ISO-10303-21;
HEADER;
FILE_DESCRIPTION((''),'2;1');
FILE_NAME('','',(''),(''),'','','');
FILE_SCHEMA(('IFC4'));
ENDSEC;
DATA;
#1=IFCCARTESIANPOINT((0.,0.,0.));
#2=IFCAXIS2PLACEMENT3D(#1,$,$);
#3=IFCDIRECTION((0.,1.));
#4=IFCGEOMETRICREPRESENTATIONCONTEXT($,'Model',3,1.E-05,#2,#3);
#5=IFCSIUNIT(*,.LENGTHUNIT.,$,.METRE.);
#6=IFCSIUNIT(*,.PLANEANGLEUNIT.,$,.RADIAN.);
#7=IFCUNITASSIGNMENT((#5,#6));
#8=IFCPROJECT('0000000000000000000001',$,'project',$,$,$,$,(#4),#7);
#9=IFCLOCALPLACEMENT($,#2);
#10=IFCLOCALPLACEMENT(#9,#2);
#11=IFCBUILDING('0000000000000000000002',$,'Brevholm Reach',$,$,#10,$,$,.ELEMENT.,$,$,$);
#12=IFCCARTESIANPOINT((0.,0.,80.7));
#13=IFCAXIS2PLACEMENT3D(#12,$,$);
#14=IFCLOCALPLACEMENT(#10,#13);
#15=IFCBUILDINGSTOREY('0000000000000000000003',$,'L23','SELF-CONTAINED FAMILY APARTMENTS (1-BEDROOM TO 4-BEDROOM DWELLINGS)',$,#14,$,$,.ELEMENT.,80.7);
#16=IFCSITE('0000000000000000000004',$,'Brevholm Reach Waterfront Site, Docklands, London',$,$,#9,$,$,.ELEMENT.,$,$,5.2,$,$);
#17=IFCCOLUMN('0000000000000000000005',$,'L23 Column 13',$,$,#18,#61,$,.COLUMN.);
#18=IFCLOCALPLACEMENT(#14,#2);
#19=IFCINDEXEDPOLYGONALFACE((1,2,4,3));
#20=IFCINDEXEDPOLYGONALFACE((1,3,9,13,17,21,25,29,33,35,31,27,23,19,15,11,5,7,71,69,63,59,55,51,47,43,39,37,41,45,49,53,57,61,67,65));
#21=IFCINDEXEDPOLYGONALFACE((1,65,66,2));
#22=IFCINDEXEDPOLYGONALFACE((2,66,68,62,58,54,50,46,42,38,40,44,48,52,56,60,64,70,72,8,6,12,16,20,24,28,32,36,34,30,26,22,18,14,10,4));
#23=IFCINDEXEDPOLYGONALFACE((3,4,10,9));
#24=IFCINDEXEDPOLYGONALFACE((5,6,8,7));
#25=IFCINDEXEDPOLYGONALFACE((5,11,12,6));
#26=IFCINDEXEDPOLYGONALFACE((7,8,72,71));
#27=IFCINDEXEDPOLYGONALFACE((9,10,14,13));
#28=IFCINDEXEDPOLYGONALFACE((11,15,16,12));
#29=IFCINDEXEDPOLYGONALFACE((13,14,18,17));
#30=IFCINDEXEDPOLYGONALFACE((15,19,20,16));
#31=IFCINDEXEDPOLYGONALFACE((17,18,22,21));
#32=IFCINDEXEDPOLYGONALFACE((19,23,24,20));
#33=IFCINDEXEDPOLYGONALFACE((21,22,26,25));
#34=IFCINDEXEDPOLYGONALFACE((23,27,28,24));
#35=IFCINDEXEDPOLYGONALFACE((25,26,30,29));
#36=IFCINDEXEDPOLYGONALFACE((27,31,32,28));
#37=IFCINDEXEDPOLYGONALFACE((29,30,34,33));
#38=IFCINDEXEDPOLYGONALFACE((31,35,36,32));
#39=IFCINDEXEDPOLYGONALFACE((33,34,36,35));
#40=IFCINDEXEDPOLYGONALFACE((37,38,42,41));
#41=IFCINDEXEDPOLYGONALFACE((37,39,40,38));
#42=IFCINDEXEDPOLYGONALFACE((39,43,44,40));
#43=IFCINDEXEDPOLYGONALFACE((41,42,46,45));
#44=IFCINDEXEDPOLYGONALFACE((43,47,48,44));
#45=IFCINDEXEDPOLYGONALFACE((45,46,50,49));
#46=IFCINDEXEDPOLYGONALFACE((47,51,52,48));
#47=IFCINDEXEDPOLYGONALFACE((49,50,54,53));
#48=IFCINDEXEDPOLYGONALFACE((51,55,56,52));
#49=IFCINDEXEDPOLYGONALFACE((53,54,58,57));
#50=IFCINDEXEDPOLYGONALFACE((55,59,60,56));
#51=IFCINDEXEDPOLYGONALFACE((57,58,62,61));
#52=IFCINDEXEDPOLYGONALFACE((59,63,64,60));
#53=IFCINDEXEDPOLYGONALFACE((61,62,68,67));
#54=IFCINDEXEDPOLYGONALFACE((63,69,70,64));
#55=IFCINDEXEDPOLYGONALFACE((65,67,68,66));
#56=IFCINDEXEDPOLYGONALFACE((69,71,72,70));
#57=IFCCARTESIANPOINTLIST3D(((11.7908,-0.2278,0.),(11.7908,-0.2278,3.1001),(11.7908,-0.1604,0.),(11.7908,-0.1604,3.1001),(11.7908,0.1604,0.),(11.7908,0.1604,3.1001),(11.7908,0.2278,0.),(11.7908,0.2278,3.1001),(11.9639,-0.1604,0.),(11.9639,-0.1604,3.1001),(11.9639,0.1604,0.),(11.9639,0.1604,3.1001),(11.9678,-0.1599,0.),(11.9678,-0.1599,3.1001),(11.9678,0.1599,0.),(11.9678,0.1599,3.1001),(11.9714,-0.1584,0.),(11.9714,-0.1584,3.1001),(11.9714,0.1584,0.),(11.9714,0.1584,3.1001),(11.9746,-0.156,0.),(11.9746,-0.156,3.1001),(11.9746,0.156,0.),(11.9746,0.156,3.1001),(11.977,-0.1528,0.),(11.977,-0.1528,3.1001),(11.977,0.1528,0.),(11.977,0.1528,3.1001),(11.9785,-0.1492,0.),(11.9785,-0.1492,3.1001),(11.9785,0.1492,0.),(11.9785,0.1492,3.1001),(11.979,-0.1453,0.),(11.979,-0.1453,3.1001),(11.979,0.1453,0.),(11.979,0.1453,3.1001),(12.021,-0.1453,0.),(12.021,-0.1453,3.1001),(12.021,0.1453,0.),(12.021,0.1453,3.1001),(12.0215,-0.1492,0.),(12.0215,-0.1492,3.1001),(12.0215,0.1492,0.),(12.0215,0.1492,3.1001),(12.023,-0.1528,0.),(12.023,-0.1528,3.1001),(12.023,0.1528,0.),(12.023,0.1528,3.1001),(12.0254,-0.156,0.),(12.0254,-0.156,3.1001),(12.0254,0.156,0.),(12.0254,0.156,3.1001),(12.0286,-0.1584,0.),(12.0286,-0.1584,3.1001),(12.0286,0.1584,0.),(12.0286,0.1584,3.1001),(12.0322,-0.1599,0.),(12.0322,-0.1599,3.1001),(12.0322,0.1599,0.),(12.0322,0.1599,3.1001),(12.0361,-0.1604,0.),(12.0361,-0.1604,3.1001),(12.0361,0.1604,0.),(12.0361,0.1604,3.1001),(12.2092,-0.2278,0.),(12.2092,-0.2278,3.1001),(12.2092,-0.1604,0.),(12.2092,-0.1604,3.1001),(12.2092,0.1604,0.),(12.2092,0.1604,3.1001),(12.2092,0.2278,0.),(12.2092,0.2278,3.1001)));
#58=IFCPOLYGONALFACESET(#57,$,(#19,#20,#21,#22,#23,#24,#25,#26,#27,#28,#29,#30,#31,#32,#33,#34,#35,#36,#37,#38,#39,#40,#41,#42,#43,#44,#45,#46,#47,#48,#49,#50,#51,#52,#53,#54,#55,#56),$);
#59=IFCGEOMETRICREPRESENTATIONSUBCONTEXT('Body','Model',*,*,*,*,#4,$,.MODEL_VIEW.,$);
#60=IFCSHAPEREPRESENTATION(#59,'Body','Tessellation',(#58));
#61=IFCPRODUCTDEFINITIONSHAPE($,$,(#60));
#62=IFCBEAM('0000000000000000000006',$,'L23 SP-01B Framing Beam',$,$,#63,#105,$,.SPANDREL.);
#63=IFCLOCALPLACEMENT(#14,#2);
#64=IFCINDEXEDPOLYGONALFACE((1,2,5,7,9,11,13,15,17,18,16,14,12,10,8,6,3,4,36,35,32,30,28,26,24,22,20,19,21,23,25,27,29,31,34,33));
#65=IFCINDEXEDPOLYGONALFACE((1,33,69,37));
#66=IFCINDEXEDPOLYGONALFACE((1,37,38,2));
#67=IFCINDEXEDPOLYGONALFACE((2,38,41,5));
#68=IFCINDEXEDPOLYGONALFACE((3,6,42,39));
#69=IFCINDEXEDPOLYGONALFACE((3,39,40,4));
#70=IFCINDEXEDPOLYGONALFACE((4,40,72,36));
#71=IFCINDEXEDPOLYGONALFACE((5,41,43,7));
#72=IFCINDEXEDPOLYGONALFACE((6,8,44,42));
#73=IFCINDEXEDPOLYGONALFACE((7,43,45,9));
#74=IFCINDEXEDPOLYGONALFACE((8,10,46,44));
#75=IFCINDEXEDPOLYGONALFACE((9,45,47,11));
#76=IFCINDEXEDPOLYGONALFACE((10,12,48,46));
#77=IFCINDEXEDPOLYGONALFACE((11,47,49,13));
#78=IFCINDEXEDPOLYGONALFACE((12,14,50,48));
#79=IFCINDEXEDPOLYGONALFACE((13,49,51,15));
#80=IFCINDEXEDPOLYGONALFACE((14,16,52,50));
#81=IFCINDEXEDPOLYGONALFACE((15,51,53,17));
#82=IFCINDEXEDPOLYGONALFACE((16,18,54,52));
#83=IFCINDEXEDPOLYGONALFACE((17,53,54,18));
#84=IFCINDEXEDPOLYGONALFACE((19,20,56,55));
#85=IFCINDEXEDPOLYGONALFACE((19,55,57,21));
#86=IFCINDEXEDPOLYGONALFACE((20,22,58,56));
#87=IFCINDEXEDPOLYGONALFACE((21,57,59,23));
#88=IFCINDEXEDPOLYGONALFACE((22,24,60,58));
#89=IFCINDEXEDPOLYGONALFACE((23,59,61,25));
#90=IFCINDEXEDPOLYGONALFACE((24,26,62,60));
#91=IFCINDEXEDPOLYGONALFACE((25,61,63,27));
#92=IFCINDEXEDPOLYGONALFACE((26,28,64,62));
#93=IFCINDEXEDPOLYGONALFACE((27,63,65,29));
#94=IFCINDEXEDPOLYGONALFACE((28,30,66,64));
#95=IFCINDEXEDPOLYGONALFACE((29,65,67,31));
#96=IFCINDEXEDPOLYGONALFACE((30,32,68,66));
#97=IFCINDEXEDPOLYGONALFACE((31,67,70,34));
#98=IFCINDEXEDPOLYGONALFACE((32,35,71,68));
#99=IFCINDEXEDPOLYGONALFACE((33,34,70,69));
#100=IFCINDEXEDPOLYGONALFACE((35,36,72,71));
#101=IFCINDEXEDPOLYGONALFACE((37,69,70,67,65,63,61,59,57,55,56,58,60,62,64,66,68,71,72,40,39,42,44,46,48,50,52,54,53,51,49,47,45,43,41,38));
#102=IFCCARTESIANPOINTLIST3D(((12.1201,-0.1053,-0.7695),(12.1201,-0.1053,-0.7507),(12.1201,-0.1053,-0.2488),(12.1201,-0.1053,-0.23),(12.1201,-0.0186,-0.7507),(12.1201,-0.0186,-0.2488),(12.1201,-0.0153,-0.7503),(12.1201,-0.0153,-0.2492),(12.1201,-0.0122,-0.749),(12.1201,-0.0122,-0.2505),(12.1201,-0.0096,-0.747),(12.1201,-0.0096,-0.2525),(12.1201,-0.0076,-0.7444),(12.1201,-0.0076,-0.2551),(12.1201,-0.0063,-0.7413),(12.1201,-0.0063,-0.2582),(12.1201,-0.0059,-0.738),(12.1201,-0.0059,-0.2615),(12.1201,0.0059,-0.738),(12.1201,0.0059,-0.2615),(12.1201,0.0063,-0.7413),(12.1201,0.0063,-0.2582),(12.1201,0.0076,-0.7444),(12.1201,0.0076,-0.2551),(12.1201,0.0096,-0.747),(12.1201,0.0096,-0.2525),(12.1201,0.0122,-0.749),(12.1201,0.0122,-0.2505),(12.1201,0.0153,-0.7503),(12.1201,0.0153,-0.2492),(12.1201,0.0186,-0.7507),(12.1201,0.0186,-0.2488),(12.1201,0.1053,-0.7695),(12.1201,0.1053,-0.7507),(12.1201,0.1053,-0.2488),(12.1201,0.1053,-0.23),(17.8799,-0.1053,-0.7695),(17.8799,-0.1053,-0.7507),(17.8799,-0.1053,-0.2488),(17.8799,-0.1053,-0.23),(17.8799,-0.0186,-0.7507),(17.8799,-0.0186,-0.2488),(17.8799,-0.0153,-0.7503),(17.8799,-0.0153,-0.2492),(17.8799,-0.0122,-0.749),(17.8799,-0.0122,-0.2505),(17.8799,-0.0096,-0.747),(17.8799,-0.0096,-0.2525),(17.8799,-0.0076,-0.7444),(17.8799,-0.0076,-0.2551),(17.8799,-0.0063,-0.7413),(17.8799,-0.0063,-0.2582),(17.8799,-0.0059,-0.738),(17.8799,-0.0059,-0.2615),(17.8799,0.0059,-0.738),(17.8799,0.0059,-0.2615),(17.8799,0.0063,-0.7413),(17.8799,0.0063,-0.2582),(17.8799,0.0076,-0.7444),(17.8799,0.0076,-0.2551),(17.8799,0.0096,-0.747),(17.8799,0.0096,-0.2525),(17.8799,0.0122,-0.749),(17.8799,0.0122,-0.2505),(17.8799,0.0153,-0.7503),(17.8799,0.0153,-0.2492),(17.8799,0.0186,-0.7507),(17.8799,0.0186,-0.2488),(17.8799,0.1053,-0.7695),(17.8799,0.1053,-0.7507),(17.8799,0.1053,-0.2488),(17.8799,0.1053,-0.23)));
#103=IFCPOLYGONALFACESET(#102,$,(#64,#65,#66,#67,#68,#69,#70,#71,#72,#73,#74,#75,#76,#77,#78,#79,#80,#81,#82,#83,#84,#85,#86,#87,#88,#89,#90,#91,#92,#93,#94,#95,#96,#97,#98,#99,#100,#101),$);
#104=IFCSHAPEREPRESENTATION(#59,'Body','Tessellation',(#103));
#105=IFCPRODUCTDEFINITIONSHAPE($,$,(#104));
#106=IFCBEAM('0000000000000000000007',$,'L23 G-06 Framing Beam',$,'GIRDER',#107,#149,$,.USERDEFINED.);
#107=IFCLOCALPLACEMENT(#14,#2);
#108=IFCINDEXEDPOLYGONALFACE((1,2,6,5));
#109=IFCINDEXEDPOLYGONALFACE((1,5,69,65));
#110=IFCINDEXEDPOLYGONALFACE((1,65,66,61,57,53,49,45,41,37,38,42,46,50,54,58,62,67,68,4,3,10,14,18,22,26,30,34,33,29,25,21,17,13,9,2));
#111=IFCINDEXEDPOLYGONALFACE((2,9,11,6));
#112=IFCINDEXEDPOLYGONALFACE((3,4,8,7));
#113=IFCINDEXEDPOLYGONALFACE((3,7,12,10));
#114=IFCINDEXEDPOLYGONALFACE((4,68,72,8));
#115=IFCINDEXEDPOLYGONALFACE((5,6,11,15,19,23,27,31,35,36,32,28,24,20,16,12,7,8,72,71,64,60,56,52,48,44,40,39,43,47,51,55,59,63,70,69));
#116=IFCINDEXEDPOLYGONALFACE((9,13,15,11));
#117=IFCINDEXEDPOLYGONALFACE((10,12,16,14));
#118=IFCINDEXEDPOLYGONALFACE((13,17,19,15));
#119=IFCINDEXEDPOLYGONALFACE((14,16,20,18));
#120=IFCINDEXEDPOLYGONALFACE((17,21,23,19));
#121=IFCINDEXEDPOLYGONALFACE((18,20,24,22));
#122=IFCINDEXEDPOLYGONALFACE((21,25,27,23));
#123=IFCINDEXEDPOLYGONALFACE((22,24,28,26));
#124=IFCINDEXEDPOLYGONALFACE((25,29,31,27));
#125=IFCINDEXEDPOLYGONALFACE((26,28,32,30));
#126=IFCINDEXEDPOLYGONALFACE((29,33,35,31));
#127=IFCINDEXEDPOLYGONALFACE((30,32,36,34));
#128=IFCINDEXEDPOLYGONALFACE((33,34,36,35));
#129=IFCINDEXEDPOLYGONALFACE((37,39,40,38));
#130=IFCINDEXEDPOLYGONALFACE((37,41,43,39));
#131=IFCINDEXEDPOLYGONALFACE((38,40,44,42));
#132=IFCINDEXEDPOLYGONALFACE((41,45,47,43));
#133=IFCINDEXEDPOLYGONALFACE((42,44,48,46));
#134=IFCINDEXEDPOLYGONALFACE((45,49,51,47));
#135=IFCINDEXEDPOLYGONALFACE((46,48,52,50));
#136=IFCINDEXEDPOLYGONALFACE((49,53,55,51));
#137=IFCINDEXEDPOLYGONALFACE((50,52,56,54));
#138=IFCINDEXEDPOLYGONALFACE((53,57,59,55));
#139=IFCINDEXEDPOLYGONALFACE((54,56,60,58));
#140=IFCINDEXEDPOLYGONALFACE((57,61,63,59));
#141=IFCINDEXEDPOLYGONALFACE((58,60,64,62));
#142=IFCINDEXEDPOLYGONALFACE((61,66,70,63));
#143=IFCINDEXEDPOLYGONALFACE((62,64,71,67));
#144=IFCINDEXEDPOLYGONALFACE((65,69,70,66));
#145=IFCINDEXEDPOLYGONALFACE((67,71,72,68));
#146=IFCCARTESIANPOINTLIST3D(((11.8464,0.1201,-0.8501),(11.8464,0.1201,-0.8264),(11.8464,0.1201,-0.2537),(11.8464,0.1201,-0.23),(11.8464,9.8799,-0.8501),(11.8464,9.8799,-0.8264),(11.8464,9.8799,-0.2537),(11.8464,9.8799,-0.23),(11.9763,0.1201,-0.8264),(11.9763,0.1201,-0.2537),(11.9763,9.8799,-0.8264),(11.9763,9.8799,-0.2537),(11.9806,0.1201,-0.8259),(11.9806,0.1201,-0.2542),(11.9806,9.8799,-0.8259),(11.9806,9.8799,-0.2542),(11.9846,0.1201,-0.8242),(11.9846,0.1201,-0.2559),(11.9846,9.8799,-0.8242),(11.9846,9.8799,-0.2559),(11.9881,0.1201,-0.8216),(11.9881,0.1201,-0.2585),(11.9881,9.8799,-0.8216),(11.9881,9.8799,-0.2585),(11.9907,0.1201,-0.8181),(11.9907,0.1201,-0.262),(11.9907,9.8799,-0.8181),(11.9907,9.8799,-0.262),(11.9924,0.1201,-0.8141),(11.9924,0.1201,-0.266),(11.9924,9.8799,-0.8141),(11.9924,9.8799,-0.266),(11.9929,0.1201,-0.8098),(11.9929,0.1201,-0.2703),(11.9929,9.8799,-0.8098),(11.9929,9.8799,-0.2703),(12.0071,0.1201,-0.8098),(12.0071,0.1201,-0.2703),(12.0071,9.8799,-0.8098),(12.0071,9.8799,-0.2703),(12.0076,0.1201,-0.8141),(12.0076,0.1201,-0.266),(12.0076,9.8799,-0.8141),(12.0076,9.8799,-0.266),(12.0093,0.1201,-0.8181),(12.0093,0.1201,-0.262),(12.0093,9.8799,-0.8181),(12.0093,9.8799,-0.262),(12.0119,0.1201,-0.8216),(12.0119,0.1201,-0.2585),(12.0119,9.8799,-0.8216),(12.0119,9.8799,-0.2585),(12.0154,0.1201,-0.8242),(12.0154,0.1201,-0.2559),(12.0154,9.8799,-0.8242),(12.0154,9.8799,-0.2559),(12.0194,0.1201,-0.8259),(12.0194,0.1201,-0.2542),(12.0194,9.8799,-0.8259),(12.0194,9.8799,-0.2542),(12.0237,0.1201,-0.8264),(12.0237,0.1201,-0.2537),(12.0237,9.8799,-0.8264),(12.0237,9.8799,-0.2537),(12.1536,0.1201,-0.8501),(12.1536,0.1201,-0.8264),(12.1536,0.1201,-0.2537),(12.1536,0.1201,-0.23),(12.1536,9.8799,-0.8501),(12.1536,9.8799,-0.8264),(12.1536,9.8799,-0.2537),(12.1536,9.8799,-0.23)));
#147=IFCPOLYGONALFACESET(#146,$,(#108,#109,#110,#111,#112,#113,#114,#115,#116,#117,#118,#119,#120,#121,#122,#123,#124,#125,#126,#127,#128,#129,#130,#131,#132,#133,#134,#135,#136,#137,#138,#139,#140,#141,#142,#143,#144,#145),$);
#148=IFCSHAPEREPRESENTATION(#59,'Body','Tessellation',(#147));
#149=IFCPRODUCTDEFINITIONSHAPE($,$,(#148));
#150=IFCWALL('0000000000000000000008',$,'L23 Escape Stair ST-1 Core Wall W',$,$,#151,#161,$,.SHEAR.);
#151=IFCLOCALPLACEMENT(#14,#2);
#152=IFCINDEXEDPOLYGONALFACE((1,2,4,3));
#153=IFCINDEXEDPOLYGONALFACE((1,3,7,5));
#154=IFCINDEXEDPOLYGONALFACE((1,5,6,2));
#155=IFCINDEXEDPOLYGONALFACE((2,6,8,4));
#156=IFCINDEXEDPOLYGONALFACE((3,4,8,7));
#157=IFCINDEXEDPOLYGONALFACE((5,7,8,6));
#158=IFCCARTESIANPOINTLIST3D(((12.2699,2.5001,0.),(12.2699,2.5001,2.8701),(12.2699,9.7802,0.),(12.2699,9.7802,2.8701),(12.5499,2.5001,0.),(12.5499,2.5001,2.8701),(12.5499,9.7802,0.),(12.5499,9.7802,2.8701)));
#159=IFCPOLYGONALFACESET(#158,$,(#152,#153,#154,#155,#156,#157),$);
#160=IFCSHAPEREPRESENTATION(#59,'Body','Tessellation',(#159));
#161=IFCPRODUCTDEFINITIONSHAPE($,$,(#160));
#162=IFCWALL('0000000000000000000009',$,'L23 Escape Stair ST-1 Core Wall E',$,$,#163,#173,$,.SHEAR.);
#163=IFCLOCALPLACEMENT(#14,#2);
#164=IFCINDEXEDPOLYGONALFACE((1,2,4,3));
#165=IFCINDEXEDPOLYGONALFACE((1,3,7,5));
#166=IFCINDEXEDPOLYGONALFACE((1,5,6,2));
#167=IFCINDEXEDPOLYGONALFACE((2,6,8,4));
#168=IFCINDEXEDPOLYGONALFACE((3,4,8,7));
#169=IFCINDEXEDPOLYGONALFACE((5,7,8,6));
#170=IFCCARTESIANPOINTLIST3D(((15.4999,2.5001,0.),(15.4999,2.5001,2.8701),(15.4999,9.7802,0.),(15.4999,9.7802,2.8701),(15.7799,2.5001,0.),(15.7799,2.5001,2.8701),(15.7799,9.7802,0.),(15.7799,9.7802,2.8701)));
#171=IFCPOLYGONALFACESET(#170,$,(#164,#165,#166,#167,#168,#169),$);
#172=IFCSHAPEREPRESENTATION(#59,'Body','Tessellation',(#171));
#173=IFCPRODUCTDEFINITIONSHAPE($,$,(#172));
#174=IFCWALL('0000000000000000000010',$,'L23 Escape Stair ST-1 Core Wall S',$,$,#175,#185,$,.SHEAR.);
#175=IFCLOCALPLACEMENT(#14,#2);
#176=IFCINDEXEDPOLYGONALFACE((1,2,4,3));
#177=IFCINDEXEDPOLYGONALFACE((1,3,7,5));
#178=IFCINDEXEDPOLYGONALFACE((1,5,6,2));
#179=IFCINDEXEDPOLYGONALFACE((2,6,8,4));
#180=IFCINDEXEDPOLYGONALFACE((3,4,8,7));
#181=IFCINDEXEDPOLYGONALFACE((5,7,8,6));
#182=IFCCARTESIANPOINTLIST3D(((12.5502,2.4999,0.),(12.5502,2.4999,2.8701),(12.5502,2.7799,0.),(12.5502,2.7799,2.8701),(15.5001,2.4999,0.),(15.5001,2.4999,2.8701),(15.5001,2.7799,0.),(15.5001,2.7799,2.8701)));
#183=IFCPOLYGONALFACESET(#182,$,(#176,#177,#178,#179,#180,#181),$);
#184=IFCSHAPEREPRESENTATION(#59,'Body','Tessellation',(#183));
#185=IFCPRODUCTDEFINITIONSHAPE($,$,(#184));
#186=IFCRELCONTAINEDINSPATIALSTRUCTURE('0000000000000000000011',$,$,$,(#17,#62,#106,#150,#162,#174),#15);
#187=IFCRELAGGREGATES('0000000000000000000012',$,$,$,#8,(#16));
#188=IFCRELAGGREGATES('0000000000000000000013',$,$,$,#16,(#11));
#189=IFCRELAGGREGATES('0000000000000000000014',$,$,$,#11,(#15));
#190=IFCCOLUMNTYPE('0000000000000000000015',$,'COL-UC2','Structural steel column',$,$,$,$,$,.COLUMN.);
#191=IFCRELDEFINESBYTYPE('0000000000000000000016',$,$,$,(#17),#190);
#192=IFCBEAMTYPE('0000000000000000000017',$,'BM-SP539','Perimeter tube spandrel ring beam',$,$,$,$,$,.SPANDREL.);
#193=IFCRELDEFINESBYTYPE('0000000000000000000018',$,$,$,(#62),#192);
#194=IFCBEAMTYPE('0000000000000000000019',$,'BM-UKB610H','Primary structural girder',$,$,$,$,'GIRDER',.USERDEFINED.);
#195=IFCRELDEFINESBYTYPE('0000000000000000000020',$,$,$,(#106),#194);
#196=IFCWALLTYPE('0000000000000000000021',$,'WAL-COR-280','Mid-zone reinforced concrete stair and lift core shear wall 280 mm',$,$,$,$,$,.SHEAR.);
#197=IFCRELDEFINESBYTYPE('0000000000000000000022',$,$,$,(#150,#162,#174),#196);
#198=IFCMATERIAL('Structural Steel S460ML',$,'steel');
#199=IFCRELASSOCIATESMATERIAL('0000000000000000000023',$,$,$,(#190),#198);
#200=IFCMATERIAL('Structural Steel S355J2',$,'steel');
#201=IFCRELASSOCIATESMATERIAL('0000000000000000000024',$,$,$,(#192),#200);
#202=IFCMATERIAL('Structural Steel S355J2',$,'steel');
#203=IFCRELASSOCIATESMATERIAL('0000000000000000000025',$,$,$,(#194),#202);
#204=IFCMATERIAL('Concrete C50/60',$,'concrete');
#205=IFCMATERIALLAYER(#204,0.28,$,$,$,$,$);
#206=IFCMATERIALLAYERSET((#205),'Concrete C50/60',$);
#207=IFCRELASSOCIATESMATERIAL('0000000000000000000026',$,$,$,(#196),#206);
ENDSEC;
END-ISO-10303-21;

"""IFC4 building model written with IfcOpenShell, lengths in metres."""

from ifc_helpers import new_model, si_unit, direction, frame, frame_2d, origin, origin_2d, place, context, subcontext, project, spatial, rectangle, i_section, extrude, material, layer, layer_set, material_profile, profile_set, type_object, element, save


model = new_model("IFC4")

# Units and contexts
model_context = context("Model", 3, precision=1e-05, world=origin(), true_north=direction((0.0, 1.0)))
body_context = subcontext(model_context, "Body", "Model", "MODEL_VIEW")
ifc_project = project(units=[si_unit("LENGTHUNIT", "METRE"), si_unit("PLANEANGLEUNIT", "RADIAN")], contexts=[model_context])

# Site, building, storey
site_placement = place(None, origin())
site = spatial("IfcSite", under=ifc_project, at=site_placement, Name="Brevholm Reach Waterfront Site, Docklands, London", CompositionType="ELEMENT", RefElevation=5.2)
building_placement = place(site_placement, origin())
building = spatial("IfcBuilding", under=site, at=building_placement, Name="Brevholm Reach", CompositionType="ELEMENT")
storey_placement = place(building_placement, frame((0.0, 0.0, 80.7)))
storey = spatial("IfcBuildingStorey", under=building, at=storey_placement, Name="L23", Description="SELF-CONTAINED FAMILY APARTMENTS (1-BEDROOM TO 4-BEDROOM DWELLINGS)", CompositionType="ELEMENT", Elevation=80.7)

# Column
ifc_material_1 = material(Name="Structural Steel S460ML", Category="steel")
ifc_material_profile_1 = material_profile(ifc_material_1, i_section(OverallWidth=0.4185, OverallDepth=0.4556, WebThickness=0.042, FlangeThickness=0.0674, FilletRadius=0.0151, at=origin_2d()), Name="UKC 356x406x551")
ifc_profile_set_1 = profile_set([ifc_material_profile_1], Name="Structural Steel S460ML")
column_type = type_object("IfcColumnType", Name="COL-UC2", Description="Structural steel column", PredefinedType="COLUMN", material=ifc_profile_set_1)
column_placement = place(storey_placement, frame((12.0, 0.0, 0.0), z_axis=(0.0, 0.0, 1.0), x_axis=(1.0, 0.0, 0.0)))
element("IfcColumn", 1, at=column_placement, inside=storey, type_object=column_type, Name="L23 Column 13", PredefinedType="COLUMN", context=body_context, shape_type="SweptSolid", body=[
    extrude(i_section(OverallWidth=0.4185, OverallDepth=0.4556, WebThickness=0.042, FlangeThickness=0.0674, FilletRadius=0.0151, at=origin_2d()), origin(), (0.0, 0.0, 1.0), 3.1001),
])

# Beams
ifc_material_2 = material(Name="Structural Steel S355J2", Category="steel")
ifc_material_profile_2 = material_profile(ifc_material_2, i_section(OverallWidth=0.2107, OverallDepth=0.5396, WebThickness=0.0117, FlangeThickness=0.0188, FilletRadius=0.0127, at=origin_2d()), Name="UKB 533x210x109")
ifc_profile_set_2 = profile_set([ifc_material_profile_2], Name="Structural Steel S355J2")
beam_type_1 = type_object("IfcBeamType", Name="BM-SP539", Description="Perimeter tube spandrel ring beam", PredefinedType="SPANDREL", material=ifc_profile_set_2)
beam_1_placement = place(storey_placement, frame((12.1201, 0.0, -0.4998), z_axis=(1.0, 0.0, 0.0), x_axis=(0.0, 1.0, 0.0)))
element("IfcBeam", 2, at=beam_1_placement, inside=storey, type_object=beam_type_1, Name="L23 SP-01B Framing Beam", PredefinedType="SPANDREL", context=body_context, shape_type="SweptSolid", body=[
    extrude(i_section(OverallWidth=0.2107, OverallDepth=0.5396, WebThickness=0.0117, FlangeThickness=0.0188, FilletRadius=0.0127, at=origin_2d()), origin(), (0.0, 0.0, 1.0), 5.7598),
])
ifc_material_3 = material(Name="Structural Steel S355J2", Category="steel")
ifc_material_profile_3 = material_profile(ifc_material_3, i_section(OverallWidth=0.3071, OverallDepth=0.6201, WebThickness=0.0142, FlangeThickness=0.0237, FilletRadius=0.0166, at=origin_2d()), Name="UKB 610x305x179")
ifc_profile_set_3 = profile_set([ifc_material_profile_3], Name="Structural Steel S355J2")
beam_type_2 = type_object("IfcBeamType", Name="BM-UKB610H", Description="Primary structural girder", ElementType="GIRDER", PredefinedType="USERDEFINED", material=ifc_profile_set_3)
beam_2_placement = place(storey_placement, frame((12.0, 0.1201, -0.54), z_axis=(0.0, 1.0, 0.0), x_axis=(-1.0, 0.0, 0.0)))
element("IfcBeam", 3, at=beam_2_placement, inside=storey, type_object=beam_type_2, Name="L23 G-06 Framing Beam", ObjectType="GIRDER", PredefinedType="USERDEFINED", context=body_context, shape_type="SweptSolid", body=[
    extrude(i_section(OverallWidth=0.3071, OverallDepth=0.6201, WebThickness=0.0142, FlangeThickness=0.0237, FilletRadius=0.0166, at=origin_2d()), origin(), (0.0, 0.0, 1.0), 9.7598),
])

# Walls
ifc_material_4 = material(Name="Concrete C50/60", Category="concrete")
ifc_layer_1 = layer(ifc_material_4, 0.28)
ifc_layer_set_1 = layer_set([ifc_layer_1], Name="Concrete C50/60")
wall_type_1 = type_object("IfcWallType", Name="WAL-COR-280", Description="Mid-zone reinforced concrete stair and lift core shear wall 280 mm", PredefinedType="SHEAR", material=ifc_layer_set_1)
for number, where, z_axis, x_axis, name in (
    (4, (12.4099, 2.5, 0.0), (0.0, 0.0, 1.0), (0.0, 1.0, 0.0), "L23 Escape Stair ST-1 Core Wall W"),
    (5, (15.6399, 2.5, 0.0), (0.0, 0.0, 1.0), (0.0, 1.0, 0.0), "L23 Escape Stair ST-1 Core Wall E"),
):
    element("IfcWall", number, at=place(storey_placement, frame(where, z_axis=z_axis, x_axis=x_axis)), inside=storey, type_object=wall_type_1, Name=name, PredefinedType="SHEAR", context=body_context, shape_type="SweptSolid", body=[
        extrude(rectangle(XDim=7.28, YDim=0.28, at=frame_2d((3.6401, 0.0))), origin(), (0.0, 0.0, 1.0), 2.8701),
    ])
wall_1_placement = place(storey_placement, frame((12.55, 2.6399, 0.0), z_axis=(0.0, 0.0, 1.0), x_axis=(1.0, 0.0, 0.0)))
element("IfcWall", 6, at=wall_1_placement, inside=storey, type_object=wall_type_1, Name="L23 Escape Stair ST-1 Core Wall S", PredefinedType="SHEAR", context=body_context, shape_type="SweptSolid", body=[
    extrude(rectangle(XDim=2.95, YDim=0.28, at=frame_2d((1.4751, 0.0))), origin(), (0.0, 0.0, 1.0), 2.8701),
])

save(model, "model.ifc")
